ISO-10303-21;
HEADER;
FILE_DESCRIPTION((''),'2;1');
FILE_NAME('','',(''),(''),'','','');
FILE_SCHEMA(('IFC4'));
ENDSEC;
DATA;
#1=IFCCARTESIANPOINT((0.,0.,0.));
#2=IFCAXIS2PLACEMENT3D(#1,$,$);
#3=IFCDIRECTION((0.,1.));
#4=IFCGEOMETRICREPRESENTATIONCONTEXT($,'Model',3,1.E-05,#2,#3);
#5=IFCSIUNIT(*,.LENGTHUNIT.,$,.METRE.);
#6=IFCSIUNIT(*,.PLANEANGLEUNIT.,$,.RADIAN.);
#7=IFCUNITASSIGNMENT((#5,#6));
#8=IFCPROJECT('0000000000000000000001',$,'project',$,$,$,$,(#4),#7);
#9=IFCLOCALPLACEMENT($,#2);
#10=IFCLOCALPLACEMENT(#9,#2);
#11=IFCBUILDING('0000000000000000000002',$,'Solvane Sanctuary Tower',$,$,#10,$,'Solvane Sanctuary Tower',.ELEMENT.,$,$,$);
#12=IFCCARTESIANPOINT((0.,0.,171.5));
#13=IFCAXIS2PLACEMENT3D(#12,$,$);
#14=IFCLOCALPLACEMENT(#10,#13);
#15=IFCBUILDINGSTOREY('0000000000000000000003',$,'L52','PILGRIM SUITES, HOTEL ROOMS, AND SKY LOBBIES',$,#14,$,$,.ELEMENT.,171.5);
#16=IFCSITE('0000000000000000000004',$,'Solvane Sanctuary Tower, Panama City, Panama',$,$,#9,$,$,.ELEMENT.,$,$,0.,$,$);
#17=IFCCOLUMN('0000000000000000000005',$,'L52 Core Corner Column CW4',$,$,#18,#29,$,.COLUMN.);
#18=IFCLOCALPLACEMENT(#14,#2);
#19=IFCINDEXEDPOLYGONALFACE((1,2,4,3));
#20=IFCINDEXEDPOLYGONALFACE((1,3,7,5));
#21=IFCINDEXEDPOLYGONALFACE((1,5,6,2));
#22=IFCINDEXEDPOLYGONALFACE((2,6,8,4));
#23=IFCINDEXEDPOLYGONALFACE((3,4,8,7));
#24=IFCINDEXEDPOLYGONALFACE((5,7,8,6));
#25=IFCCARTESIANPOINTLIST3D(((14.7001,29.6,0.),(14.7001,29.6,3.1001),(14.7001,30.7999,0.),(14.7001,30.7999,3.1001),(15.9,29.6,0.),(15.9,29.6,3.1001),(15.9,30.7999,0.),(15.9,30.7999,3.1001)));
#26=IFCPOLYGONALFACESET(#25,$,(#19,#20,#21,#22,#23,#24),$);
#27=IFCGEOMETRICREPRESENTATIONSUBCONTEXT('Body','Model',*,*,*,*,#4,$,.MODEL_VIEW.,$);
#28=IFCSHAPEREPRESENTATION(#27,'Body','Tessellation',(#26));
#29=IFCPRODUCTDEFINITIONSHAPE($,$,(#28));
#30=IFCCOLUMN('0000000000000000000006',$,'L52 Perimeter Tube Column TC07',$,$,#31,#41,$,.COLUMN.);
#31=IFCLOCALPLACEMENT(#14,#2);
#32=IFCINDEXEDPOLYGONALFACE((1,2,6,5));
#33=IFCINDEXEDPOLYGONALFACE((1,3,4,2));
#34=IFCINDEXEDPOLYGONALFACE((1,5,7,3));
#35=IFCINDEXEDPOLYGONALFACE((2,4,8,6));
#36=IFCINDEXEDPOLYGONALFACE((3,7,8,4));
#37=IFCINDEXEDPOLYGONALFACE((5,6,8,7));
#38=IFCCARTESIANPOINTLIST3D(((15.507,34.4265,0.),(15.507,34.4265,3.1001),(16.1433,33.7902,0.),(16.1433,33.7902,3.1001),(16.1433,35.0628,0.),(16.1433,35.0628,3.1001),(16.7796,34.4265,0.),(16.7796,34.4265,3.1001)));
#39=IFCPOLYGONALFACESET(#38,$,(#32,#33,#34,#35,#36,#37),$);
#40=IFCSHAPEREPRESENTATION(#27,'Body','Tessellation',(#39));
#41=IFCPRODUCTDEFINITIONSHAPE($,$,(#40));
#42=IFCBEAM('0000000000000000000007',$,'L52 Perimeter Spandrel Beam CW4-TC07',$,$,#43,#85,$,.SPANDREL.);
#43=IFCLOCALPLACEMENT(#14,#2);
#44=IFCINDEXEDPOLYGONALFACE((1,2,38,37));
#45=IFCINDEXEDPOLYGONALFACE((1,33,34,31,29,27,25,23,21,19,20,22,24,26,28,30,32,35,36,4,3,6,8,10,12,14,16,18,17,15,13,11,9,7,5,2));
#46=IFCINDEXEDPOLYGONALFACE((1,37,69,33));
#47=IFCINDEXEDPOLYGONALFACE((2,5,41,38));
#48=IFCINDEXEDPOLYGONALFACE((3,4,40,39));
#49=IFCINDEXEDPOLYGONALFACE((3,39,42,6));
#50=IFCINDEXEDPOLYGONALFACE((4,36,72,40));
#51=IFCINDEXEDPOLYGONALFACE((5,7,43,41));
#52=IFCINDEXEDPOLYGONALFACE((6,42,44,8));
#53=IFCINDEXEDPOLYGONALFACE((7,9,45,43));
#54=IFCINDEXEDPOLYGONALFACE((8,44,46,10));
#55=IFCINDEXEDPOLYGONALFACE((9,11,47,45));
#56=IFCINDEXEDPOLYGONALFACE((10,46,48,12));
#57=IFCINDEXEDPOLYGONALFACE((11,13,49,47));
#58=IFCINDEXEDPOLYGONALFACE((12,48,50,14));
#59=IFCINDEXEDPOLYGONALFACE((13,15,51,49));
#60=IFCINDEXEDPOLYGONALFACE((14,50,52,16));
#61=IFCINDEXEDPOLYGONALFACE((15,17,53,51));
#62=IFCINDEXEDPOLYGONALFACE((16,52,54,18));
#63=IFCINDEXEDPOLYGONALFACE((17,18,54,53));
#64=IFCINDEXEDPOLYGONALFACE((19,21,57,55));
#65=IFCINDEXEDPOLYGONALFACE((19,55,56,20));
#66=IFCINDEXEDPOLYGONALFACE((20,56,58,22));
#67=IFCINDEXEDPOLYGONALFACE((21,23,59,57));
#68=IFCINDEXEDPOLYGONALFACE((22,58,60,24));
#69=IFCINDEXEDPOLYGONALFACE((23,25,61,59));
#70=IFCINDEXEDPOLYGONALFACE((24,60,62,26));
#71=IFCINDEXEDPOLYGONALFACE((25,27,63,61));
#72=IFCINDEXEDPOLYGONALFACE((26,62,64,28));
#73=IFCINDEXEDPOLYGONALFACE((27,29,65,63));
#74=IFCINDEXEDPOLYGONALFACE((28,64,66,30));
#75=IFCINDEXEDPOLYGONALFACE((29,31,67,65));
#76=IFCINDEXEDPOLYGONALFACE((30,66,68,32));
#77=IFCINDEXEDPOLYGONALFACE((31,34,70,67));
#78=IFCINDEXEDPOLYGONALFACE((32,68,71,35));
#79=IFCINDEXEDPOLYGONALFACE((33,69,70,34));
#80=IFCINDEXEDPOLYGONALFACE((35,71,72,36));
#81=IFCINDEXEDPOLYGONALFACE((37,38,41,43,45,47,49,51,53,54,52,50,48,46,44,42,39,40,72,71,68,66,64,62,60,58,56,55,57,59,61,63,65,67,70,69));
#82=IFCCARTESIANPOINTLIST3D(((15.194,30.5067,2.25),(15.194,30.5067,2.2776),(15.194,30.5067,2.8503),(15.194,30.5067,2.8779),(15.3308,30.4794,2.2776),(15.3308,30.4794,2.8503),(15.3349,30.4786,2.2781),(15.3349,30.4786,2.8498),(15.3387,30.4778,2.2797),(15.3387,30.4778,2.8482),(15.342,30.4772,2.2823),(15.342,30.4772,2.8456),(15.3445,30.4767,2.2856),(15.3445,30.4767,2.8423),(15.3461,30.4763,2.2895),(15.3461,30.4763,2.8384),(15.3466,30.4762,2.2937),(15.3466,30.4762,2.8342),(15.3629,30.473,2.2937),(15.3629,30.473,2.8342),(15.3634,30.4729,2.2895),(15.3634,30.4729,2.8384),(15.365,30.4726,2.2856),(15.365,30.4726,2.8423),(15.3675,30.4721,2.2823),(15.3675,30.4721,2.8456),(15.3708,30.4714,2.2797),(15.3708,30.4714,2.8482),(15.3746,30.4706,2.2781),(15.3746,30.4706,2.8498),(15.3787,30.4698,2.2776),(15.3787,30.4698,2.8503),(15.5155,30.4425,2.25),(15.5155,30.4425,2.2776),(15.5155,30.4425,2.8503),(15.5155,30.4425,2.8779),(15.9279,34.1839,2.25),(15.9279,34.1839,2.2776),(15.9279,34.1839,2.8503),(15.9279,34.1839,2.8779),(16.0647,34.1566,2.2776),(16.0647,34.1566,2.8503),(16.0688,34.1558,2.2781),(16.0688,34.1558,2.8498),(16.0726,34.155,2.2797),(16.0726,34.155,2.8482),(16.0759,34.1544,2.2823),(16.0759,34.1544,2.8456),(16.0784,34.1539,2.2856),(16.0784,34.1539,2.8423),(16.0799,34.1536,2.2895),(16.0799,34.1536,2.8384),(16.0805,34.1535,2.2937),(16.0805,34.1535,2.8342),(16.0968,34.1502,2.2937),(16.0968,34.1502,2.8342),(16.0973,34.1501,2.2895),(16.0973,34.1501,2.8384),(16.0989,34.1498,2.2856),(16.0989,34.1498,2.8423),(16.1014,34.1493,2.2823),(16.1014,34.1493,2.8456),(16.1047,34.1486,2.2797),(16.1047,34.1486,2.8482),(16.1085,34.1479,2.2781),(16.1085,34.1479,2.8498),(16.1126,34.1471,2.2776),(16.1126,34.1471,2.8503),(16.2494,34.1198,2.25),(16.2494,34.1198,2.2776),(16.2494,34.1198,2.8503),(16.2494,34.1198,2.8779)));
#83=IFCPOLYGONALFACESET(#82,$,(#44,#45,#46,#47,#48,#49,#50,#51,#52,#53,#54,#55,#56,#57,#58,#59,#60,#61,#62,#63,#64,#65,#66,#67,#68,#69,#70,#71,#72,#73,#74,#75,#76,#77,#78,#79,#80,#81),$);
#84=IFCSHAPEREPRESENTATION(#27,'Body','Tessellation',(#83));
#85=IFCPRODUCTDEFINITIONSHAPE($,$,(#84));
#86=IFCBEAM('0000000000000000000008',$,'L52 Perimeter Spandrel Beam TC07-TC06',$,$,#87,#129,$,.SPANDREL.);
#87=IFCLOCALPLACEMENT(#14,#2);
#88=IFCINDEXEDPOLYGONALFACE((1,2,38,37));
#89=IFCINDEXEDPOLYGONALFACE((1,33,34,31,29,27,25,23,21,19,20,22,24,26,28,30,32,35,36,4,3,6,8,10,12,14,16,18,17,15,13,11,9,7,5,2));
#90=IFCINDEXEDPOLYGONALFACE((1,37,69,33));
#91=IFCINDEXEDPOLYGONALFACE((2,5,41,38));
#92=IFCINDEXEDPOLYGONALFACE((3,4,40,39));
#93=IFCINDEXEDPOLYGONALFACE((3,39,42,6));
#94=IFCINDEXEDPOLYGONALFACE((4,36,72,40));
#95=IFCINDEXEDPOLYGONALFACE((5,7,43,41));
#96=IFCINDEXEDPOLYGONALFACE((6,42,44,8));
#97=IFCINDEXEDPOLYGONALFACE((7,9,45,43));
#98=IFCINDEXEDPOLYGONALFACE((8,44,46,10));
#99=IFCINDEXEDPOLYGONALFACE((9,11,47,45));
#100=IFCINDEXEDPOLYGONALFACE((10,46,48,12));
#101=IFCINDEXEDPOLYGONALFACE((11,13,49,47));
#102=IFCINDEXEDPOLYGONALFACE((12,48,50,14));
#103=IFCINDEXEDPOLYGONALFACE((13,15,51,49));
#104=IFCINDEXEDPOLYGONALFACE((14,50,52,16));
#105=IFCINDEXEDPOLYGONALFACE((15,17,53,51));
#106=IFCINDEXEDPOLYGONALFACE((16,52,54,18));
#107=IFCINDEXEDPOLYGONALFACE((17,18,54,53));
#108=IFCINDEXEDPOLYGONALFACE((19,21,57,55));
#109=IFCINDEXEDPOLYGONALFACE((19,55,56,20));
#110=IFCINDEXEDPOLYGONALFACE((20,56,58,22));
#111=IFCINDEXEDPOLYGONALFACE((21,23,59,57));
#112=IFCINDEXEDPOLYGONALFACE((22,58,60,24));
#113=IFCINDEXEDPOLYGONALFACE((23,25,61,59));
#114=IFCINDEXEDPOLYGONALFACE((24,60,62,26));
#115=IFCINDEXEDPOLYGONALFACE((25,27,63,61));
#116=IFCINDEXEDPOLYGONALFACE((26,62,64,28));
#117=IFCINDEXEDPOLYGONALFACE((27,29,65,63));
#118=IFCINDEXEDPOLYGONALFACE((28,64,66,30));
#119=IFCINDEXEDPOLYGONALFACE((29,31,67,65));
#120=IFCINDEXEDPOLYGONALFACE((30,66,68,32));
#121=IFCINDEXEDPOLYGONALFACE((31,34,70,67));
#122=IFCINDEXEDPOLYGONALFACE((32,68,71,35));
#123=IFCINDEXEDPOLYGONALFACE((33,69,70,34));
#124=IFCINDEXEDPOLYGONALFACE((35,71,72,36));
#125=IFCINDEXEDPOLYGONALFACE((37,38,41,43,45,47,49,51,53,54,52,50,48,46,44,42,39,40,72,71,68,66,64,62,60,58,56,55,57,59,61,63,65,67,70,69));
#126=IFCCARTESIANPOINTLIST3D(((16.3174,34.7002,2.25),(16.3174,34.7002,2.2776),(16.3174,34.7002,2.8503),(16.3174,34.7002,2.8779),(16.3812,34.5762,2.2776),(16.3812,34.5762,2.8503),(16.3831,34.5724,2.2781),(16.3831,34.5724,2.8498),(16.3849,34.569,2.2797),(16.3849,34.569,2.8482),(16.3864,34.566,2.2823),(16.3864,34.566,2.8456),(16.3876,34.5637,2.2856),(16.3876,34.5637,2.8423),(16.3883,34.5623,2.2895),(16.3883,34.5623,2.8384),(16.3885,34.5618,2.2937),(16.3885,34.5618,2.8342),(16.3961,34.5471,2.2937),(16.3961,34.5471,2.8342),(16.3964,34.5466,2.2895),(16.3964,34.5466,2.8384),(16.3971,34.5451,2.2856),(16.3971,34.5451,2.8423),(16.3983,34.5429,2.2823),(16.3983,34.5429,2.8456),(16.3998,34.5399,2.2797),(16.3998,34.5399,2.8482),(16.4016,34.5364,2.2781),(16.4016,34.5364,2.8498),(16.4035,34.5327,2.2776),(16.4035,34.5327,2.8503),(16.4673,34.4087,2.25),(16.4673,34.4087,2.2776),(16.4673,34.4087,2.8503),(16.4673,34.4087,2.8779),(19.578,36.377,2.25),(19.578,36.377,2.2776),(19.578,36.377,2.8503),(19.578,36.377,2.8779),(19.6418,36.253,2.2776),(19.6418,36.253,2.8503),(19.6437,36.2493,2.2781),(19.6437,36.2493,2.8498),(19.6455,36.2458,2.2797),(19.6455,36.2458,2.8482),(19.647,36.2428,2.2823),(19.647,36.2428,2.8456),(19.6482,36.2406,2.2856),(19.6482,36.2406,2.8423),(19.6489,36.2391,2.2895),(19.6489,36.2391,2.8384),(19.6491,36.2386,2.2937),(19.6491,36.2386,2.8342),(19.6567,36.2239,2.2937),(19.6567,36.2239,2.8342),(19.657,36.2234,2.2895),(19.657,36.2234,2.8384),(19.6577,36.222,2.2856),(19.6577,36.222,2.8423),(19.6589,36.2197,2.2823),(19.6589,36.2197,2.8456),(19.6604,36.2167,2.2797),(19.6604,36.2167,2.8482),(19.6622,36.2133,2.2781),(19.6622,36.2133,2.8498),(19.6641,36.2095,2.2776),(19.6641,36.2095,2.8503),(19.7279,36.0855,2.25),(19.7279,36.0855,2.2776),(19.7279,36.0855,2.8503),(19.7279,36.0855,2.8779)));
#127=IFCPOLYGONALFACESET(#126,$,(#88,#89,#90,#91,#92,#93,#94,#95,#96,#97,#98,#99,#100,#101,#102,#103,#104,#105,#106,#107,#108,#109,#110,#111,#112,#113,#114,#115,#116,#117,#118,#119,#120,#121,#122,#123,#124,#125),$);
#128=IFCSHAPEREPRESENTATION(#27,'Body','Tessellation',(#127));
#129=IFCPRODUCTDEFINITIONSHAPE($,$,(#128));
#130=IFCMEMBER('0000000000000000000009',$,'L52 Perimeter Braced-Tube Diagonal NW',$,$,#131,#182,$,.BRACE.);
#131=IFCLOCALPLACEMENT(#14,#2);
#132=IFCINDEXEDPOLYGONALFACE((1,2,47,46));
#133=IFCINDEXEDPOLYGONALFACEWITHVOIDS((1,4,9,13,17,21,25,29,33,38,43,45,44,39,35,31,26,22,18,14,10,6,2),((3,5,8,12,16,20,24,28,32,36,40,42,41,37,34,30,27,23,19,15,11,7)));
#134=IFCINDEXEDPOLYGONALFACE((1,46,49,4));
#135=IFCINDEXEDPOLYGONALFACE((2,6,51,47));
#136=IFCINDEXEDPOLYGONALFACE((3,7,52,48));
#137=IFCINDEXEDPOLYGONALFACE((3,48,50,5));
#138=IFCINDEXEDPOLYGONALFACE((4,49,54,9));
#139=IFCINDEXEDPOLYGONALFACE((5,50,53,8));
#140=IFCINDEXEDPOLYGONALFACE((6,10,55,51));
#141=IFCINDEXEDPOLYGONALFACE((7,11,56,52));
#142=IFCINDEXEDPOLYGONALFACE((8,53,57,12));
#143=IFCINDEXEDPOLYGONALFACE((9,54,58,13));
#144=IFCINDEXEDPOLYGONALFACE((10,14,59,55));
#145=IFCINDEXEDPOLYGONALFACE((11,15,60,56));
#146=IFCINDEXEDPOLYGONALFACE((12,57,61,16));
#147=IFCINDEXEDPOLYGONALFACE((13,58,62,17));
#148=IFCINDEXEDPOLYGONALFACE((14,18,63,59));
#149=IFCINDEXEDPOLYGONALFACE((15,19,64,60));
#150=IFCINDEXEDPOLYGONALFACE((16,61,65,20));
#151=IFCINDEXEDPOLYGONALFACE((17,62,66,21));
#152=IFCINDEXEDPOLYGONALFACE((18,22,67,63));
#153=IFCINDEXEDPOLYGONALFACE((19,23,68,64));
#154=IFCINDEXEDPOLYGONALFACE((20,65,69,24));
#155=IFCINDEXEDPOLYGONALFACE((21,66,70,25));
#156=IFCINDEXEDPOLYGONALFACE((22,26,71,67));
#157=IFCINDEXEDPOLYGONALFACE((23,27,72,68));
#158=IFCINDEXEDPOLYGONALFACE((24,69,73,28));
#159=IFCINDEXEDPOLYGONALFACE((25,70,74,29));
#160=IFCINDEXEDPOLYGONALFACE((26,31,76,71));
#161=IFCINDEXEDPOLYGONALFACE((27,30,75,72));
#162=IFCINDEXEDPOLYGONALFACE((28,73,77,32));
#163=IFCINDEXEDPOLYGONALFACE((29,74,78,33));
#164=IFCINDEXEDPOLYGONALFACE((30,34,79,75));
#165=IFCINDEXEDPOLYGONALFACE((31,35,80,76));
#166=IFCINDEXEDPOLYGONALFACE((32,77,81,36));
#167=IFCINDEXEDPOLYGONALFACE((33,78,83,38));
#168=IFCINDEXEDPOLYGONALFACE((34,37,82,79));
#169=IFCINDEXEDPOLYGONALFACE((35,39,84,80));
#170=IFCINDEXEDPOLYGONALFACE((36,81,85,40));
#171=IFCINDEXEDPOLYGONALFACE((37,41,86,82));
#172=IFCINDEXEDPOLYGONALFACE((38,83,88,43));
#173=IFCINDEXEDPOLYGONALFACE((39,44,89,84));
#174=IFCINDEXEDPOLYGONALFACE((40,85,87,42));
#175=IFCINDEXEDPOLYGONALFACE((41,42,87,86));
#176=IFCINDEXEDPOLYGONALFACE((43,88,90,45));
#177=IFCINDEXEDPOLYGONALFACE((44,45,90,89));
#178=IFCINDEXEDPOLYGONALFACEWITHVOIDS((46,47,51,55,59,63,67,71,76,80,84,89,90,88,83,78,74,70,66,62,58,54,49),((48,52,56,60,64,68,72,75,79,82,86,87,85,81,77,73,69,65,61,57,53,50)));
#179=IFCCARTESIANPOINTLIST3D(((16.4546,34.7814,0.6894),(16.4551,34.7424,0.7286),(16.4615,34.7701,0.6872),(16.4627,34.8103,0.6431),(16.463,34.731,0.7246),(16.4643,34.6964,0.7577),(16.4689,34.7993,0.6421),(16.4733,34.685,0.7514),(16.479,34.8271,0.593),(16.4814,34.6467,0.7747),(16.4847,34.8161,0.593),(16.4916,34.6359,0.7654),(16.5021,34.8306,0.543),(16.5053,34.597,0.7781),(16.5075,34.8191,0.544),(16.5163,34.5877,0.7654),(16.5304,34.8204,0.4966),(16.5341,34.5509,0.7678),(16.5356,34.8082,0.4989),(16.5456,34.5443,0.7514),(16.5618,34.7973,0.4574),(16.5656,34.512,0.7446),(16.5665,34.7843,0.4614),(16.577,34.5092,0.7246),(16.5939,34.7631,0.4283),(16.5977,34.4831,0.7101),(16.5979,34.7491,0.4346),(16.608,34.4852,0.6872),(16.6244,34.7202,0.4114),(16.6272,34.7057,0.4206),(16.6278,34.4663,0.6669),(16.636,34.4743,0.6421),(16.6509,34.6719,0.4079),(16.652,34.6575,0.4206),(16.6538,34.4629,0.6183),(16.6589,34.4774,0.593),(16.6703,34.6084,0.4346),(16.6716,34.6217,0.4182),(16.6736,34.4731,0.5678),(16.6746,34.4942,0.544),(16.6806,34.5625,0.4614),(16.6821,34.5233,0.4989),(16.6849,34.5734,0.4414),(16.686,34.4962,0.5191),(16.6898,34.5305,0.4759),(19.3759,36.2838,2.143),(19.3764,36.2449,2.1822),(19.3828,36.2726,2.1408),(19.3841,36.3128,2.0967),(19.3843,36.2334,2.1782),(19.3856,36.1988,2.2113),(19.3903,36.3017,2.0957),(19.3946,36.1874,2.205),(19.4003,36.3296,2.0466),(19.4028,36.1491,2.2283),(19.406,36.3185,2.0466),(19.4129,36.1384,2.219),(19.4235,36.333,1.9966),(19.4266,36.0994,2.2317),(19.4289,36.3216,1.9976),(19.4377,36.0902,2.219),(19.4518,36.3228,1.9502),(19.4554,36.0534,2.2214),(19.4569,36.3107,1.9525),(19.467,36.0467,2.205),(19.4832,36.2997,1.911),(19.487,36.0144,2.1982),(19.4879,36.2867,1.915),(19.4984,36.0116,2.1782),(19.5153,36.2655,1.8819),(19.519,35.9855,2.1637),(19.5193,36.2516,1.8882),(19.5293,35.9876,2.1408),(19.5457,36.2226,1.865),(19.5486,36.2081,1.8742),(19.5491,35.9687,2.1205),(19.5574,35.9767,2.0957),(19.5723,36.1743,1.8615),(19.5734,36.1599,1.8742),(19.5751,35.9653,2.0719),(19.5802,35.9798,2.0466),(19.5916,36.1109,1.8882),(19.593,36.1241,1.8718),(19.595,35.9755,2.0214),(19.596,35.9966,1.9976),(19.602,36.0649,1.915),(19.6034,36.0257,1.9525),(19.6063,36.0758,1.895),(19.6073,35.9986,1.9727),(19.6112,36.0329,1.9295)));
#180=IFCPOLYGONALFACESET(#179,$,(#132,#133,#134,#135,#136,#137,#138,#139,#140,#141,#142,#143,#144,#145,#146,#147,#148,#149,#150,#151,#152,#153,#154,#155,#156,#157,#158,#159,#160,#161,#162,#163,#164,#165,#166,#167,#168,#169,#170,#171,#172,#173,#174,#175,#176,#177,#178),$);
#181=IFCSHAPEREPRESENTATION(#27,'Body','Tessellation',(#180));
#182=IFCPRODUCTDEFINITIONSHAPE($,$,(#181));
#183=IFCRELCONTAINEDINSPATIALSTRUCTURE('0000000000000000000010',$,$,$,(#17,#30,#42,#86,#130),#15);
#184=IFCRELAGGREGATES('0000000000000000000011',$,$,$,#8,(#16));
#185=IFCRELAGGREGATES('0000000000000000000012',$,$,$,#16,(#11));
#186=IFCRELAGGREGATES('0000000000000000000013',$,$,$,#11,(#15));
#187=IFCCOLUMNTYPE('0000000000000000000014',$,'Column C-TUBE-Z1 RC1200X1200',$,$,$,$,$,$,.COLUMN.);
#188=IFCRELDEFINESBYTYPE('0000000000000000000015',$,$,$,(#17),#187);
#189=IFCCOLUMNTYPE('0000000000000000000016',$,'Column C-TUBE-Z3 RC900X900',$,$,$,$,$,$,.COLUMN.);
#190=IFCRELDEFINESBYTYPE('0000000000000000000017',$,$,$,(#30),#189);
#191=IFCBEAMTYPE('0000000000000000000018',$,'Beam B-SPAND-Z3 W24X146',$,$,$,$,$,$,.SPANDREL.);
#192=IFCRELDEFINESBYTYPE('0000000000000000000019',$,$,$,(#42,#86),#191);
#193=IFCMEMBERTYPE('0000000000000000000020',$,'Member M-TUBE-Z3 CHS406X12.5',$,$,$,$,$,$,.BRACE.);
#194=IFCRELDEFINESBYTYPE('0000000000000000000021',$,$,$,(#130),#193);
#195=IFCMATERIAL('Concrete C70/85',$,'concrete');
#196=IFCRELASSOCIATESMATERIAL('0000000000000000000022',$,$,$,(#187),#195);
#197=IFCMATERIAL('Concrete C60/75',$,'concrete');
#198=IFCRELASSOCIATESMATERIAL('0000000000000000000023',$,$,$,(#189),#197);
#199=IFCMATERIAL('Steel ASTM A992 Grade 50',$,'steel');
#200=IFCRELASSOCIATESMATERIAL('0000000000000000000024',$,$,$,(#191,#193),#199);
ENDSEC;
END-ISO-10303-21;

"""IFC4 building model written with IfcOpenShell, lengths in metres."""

from ifc_helpers import new_model, si_unit, direction, frame, origin, origin_2d, place, context, subcontext, project, spatial, rectangle, hollow_circle, i_section, extrude, material, material_profile, profile_set, type_object, element, save


model = new_model("IFC4")

# Units and contexts
model_context = context("Model", 3, precision=1e-05, world=origin(), true_north=direction((0.0, 1.0)))
body_context = subcontext(model_context, "Body", "Model", "MODEL_VIEW")
ifc_project = project(units=[si_unit("LENGTHUNIT", "METRE"), si_unit("PLANEANGLEUNIT", "RADIAN")], contexts=[model_context])

# Site, building, storey
site_placement = place(None, origin())
site = spatial("IfcSite", under=ifc_project, at=site_placement, Name="Solvane Sanctuary Tower, Panama City, Panama", CompositionType="ELEMENT", RefElevation=0.0)
building_placement = place(site_placement, origin())
building = spatial("IfcBuilding", under=site, at=building_placement, Name="Solvane Sanctuary Tower", LongName="Solvane Sanctuary Tower", CompositionType="ELEMENT")
storey_placement = place(building_placement, frame((0.0, 0.0, 171.5)))
storey = spatial("IfcBuildingStorey", under=building, at=storey_placement, Name="L52", Description="PILGRIM SUITES, HOTEL ROOMS, AND SKY LOBBIES", CompositionType="ELEMENT", Elevation=171.5)

# Columns
ifc_material_1 = material(Name="Concrete C70/85", Category="concrete")
ifc_material_profile_1 = material_profile(ifc_material_1, rectangle(XDim=1.2, YDim=1.2, at=origin_2d()), Name="RC1200X1200")
ifc_profile_set_1 = profile_set([ifc_material_profile_1], Name="Concrete C70/85")
column_type_1 = type_object("IfcColumnType", Name="Column C-TUBE-Z1 RC1200X1200", PredefinedType="COLUMN", material=ifc_profile_set_1)
column_1_placement = place(storey_placement, frame((15.3, 30.2, 0.0), z_axis=(0.0, 0.0, 1.0), x_axis=(1.0, 0.0, 0.0)))
element("IfcColumn", 1, at=column_1_placement, inside=storey, type_object=column_type_1, Name="L52 Core Corner Column CW4", PredefinedType="COLUMN", context=body_context, shape_type="SweptSolid", body=[
    extrude(rectangle(XDim=1.2, YDim=1.2, at=origin_2d()), origin(), (0.0, 0.0, 1.0), 3.1001),
])
ifc_material_2 = material(Name="Concrete C60/75", Category="concrete")
ifc_material_profile_2 = material_profile(ifc_material_2, rectangle(XDim=0.8999, YDim=0.8999, at=origin_2d()), Name="RC900X900")
ifc_profile_set_2 = profile_set([ifc_material_profile_2], Name="Concrete C60/75")
column_type_2 = type_object("IfcColumnType", Name="Column C-TUBE-Z3 RC900X900", PredefinedType="COLUMN", material=ifc_profile_set_2)
column_2_placement = place(storey_placement, frame((16.1433, 34.4265, 0.0), z_axis=(0.0, 0.0, 1.0), x_axis=(-0.707107, 0.707107, 0.0)))
element("IfcColumn", 2, at=column_2_placement, inside=storey, type_object=column_type_2, Name="L52 Perimeter Tube Column TC07", PredefinedType="COLUMN", context=body_context, shape_type="SweptSolid", body=[
    extrude(rectangle(XDim=0.8999, YDim=0.8999, at=origin_2d()), origin(), (0.0, 0.0, 1.0), 3.1001),
])

# Beams
ifc_material_3 = material(Name="Steel ASTM A992 Grade 50", Category="steel")
ifc_material_profile_3 = material_profile(ifc_material_3, i_section(OverallWidth=0.3279, OverallDepth=0.6279, WebThickness=0.0166, FlangeThickness=0.0276, FilletRadius=0.0161, at=origin_2d()), Name="W24X146")
ifc_profile_set_3 = profile_set([ifc_material_profile_3], Name="Steel ASTM A992 Grade 50")
beam_type = type_object("IfcBeamType", Name="Beam B-SPAND-Z3 W24X146", PredefinedType="SPANDREL", material=ifc_profile_set_3)
beam_1_placement = place(storey_placement, frame((15.3547, 30.4746, 2.564), z_axis=(0.195715, 0.980661, 0.0), x_axis=(-0.980661, 0.195715, 0.0)))
element("IfcBeam", 3, at=beam_1_placement, inside=storey, type_object=beam_type, Name="L52 Perimeter Spandrel Beam CW4-TC07", PredefinedType="SPANDREL", context=body_context, shape_type="SweptSolid", body=[
    extrude(i_section(OverallWidth=0.3279, OverallDepth=0.6279, WebThickness=0.0166, FlangeThickness=0.0276, FilletRadius=0.0161, at=origin_2d()), origin(), (0.0, 0.0, 1.0), 3.7498),
])
beam_2_placement = place(storey_placement, frame((16.3923, 34.5544, 2.564), z_axis=(0.889296, 0.457333, 0.0), x_axis=(-0.457333, 0.889296, 0.0)))
element("IfcBeam", 4, at=beam_2_placement, inside=storey, type_object=beam_type, Name="L52 Perimeter Spandrel Beam TC07-TC06", PredefinedType="SPANDREL", context=body_context, shape_type="SweptSolid", body=[
    extrude(i_section(OverallWidth=0.3279, OverallDepth=0.6279, WebThickness=0.0166, FlangeThickness=0.0276, FilletRadius=0.0161, at=origin_2d()), origin(), (0.0, 0.0, 1.0), 3.6665),
])

# Member
ifc_material_profile_4 = material_profile(ifc_material_3, hollow_circle(Radius=0.2029, WallThickness=0.0125, at=origin_2d()), Name="CHS406X12.5")
ifc_profile_set_4 = profile_set([ifc_material_profile_4], Name="Steel ASTM A992 Grade 50")
member_type = type_object("IfcMemberType", Name="Member M-TUBE-Z3 CHS406X12.5", PredefinedType="BRACE", material=ifc_profile_set_4)
member_placement = place(storey_placement, frame((16.5718, 34.6467, 0.593), z_axis=(0.813229, 0.418236, 0.404644), x_axis=(-0.457351, 0.889286, 0.0)))
element("IfcMember", 5, at=member_placement, inside=storey, type_object=member_type, Name="L52 Perimeter Braced-Tube Diagonal NW", PredefinedType="BRACE", context=body_context, shape_type="SweptSolid", body=[
    extrude(hollow_circle(Radius=0.2029, WallThickness=0.0125, at=origin_2d()), origin(), (0.0, 0.0, 1.0), 3.5923),
])

save(model, "model.ifc")
